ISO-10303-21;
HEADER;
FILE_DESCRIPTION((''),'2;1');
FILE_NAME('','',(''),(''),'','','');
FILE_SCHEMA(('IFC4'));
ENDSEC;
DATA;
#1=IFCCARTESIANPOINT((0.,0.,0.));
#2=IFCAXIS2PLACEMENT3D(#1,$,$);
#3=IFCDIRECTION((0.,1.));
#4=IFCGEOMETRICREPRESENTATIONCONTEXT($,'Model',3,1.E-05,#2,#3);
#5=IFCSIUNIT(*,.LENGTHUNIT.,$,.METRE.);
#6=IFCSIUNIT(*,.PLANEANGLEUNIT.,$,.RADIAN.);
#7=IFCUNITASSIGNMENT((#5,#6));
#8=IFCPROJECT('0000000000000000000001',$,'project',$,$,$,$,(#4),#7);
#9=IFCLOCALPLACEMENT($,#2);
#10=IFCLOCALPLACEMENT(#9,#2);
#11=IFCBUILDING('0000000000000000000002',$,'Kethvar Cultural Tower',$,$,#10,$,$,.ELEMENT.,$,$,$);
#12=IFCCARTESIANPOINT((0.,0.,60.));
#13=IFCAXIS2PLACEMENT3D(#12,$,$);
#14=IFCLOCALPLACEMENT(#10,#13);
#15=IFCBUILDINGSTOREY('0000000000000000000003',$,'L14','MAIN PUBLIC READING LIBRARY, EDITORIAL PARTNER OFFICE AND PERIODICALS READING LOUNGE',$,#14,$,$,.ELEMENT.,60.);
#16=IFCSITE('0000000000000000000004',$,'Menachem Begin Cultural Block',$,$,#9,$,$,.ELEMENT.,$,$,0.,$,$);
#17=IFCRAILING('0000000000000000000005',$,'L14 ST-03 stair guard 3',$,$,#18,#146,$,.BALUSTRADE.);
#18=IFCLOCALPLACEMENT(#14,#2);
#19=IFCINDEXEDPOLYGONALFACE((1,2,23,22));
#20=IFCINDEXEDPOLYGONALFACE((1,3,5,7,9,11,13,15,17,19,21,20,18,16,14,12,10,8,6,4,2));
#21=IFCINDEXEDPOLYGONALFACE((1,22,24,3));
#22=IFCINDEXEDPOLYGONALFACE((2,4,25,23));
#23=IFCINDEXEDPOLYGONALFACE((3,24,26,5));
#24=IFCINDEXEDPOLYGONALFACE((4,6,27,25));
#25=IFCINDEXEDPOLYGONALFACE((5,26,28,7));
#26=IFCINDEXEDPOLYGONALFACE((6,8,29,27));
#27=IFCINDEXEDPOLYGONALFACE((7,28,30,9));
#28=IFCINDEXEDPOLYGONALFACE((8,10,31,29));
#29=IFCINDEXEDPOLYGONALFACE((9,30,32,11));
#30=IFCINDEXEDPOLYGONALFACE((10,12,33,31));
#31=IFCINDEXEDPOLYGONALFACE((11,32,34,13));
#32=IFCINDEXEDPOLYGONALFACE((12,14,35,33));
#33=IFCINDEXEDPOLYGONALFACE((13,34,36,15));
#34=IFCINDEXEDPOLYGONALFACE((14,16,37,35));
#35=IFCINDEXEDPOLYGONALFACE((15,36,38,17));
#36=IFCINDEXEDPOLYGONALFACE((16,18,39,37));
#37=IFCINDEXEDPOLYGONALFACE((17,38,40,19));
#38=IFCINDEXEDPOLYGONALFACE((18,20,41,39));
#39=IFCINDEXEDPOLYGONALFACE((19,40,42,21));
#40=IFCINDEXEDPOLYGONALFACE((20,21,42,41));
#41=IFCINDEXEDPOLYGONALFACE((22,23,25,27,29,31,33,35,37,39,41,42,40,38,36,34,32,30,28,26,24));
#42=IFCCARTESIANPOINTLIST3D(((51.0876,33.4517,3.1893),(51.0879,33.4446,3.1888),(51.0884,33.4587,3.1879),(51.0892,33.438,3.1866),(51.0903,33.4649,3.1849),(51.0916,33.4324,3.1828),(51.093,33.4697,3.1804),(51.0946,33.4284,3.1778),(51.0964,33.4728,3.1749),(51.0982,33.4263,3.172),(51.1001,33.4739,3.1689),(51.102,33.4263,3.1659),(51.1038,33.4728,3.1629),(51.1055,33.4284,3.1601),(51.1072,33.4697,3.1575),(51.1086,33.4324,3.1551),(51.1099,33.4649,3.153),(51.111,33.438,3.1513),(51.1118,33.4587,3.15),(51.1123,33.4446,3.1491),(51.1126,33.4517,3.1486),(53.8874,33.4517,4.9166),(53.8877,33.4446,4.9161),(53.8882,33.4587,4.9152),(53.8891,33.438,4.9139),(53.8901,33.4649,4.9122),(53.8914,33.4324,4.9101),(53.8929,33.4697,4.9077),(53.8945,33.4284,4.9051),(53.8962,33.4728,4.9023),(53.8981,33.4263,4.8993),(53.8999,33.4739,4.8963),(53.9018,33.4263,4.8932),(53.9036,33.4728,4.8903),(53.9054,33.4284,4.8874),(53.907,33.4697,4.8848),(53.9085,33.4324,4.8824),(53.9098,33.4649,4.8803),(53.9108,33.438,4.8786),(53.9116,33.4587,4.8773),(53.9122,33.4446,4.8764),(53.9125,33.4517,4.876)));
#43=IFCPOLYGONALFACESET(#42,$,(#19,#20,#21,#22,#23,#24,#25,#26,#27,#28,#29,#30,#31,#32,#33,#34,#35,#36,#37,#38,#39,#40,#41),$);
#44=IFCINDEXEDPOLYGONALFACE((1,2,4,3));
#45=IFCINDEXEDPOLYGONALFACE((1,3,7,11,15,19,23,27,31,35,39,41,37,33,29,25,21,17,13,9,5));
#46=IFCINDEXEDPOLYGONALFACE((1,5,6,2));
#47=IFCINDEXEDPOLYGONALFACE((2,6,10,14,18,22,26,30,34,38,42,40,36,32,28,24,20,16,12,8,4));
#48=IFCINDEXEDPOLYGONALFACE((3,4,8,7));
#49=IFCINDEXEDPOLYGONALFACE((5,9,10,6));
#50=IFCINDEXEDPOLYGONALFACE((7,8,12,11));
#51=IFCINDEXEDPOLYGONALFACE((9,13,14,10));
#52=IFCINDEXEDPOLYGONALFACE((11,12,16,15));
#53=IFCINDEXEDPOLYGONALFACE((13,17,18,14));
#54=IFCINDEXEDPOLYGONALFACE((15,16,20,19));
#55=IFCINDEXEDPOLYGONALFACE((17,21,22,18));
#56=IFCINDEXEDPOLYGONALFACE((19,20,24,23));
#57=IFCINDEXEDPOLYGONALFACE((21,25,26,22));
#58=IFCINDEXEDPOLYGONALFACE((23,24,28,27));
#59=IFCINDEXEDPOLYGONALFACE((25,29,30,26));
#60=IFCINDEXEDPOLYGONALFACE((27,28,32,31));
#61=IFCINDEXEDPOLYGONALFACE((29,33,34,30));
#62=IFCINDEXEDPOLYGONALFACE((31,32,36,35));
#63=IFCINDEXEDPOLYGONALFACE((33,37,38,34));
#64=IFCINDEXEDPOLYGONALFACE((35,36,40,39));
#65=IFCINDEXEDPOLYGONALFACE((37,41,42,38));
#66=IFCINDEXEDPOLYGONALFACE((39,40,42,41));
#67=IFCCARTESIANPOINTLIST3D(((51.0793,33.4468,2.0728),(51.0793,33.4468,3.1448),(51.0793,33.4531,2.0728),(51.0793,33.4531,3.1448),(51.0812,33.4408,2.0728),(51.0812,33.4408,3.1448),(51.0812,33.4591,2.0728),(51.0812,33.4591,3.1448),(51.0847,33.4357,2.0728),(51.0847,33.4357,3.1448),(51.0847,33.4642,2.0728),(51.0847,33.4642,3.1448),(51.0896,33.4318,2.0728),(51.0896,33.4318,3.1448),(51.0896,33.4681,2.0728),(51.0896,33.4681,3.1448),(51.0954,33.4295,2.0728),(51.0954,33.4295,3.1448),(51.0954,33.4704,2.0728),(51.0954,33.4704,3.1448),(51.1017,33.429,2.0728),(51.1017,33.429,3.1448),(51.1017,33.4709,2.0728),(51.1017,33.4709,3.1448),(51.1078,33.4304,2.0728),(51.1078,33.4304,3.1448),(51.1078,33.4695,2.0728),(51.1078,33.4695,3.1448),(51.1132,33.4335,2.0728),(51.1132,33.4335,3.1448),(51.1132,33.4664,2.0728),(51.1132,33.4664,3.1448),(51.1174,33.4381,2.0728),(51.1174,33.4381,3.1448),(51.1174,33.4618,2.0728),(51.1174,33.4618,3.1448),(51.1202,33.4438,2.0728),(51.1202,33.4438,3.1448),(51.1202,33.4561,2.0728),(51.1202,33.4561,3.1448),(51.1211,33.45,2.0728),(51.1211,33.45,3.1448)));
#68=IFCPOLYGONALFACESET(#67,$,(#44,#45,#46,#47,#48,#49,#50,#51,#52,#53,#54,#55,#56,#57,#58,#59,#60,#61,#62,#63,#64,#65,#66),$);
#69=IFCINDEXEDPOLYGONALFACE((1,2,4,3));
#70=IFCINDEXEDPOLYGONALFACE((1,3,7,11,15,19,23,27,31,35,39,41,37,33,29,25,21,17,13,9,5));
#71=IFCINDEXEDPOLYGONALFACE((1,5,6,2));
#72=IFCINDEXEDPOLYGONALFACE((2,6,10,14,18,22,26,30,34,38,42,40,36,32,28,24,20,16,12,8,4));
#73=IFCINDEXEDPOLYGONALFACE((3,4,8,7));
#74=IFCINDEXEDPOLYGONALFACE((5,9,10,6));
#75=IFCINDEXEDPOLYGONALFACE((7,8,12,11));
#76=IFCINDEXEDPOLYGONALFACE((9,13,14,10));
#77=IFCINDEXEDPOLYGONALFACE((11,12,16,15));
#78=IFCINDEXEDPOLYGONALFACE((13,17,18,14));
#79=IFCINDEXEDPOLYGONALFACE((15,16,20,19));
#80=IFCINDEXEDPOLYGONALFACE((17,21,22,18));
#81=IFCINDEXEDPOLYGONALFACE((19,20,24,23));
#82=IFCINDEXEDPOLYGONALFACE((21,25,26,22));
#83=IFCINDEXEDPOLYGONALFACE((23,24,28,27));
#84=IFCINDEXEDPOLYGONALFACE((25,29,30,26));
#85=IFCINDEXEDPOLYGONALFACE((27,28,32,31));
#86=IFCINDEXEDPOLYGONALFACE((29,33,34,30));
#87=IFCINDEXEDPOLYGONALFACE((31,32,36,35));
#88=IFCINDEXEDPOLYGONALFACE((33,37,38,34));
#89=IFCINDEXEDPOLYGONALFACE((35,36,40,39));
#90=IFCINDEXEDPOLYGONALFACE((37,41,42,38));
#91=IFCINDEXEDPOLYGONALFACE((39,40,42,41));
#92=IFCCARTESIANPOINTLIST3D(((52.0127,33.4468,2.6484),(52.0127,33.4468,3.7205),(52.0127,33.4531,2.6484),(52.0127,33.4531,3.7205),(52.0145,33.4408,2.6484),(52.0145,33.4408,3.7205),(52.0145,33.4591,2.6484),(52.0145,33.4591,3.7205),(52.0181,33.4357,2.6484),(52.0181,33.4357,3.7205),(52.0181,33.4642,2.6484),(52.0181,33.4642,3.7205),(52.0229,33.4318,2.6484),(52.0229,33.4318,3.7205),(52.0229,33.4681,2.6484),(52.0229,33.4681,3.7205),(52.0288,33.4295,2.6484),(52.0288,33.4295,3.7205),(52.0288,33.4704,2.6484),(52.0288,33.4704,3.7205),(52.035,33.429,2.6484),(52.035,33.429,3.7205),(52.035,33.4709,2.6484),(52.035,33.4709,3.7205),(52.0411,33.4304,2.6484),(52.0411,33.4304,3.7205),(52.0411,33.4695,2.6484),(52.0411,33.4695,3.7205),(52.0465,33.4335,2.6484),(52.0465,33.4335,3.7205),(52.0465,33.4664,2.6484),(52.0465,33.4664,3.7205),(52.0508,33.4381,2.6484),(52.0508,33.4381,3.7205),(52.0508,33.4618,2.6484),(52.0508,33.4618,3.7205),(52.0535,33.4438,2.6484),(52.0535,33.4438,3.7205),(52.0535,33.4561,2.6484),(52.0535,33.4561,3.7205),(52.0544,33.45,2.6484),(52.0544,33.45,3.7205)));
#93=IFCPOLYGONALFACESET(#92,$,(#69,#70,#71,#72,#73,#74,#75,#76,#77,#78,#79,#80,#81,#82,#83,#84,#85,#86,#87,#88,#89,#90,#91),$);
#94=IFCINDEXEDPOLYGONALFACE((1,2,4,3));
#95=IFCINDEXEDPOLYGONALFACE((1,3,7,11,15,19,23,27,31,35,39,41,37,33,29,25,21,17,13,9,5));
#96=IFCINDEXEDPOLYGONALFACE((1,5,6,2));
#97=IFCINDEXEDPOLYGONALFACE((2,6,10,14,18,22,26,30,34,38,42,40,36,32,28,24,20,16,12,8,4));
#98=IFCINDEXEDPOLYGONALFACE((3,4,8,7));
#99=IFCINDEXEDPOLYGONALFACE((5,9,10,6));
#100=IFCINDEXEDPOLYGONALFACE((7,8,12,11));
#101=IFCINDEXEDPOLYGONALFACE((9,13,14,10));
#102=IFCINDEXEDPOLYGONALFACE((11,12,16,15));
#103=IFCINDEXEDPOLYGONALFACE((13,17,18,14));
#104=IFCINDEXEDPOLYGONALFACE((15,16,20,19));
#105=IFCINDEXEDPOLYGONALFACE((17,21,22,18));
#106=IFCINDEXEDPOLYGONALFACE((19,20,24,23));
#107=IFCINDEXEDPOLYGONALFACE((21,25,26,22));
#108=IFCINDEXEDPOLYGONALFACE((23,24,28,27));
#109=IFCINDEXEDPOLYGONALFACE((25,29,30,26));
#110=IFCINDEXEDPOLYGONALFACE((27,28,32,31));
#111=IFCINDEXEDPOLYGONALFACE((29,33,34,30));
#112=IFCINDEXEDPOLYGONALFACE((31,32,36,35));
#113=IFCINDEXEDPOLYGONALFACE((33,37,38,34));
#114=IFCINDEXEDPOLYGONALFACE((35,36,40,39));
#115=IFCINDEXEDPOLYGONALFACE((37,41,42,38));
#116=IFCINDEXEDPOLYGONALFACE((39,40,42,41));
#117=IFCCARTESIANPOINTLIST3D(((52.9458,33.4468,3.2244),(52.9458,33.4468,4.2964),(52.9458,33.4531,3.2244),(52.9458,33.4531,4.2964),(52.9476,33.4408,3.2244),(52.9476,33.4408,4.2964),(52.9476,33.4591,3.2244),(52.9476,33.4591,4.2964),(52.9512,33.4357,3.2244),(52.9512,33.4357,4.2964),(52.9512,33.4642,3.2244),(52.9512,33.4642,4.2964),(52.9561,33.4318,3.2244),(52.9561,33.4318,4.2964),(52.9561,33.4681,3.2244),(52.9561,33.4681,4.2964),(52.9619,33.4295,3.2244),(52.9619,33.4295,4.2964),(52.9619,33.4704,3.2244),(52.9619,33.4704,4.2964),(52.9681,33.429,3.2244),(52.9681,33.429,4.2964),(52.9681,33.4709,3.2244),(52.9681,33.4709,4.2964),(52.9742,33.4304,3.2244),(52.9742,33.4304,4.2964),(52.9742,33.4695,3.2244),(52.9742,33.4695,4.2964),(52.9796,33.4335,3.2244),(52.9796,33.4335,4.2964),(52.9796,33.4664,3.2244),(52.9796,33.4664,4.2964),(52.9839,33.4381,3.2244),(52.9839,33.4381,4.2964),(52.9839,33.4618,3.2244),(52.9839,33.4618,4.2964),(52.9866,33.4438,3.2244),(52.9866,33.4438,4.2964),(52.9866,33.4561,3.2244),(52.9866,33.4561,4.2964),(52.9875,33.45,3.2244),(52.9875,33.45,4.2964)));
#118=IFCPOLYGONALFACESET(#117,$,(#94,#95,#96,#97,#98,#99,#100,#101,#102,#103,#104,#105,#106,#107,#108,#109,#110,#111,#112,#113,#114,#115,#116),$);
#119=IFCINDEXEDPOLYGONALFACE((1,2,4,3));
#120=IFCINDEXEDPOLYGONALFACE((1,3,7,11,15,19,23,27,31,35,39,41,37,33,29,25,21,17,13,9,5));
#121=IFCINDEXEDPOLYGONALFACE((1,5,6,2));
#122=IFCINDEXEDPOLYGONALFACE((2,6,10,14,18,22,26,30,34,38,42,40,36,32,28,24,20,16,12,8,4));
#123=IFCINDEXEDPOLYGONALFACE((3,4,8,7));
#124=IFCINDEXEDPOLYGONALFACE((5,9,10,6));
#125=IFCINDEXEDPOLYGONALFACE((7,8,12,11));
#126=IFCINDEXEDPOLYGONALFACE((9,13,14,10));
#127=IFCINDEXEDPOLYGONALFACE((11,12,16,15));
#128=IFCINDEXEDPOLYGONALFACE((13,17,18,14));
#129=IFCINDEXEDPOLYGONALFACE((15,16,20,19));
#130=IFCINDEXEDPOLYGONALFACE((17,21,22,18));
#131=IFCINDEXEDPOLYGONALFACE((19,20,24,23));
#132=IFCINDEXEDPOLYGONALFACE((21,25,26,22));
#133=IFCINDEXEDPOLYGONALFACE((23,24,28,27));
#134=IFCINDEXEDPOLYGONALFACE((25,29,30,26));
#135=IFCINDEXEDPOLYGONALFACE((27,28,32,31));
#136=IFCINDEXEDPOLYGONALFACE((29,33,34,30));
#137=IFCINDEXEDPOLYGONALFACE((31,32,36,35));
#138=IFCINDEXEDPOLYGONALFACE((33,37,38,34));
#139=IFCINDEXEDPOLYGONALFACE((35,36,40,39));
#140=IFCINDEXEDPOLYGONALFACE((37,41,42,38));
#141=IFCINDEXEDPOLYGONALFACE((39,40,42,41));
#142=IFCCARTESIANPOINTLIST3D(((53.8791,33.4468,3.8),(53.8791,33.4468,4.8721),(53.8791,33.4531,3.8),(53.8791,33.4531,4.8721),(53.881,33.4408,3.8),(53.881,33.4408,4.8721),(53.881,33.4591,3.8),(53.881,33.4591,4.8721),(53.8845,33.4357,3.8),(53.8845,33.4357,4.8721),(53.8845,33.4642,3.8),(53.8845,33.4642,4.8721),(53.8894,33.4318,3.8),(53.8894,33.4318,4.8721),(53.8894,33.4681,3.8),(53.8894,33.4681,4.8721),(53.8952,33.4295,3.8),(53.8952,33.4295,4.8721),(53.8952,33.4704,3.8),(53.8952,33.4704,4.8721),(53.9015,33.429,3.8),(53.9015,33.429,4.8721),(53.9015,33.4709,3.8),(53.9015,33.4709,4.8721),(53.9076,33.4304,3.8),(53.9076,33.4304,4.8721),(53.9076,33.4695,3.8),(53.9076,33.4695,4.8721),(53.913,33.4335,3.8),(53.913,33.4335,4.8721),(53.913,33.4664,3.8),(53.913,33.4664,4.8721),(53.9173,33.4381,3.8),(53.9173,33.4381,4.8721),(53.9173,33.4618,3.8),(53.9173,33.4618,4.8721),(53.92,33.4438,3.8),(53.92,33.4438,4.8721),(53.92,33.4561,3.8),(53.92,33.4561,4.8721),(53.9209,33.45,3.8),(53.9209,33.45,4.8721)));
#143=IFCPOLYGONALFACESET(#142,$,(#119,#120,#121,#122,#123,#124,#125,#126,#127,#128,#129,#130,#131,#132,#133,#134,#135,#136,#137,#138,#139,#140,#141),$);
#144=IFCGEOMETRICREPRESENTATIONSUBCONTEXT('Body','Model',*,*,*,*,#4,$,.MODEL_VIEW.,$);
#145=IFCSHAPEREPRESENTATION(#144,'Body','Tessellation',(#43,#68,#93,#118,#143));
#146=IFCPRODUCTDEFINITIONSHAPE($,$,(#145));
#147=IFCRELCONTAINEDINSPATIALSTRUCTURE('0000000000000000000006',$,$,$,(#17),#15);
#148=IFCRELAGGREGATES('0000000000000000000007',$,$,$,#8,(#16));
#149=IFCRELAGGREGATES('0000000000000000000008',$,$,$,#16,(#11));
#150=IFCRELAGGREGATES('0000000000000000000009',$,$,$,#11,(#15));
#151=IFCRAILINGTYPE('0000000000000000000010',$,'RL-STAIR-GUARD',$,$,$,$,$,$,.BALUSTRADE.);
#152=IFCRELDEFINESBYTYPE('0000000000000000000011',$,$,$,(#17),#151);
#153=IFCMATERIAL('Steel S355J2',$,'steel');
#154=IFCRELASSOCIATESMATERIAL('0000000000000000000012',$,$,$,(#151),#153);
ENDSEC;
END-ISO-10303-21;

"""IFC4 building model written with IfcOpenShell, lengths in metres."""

from ifc_helpers import new_model, si_unit, direction, frame, origin, origin_2d, place, context, subcontext, project, spatial, circle, extrude, material, type_object, element, save


model = new_model("IFC4")

# Units and contexts
model_context = context("Model", 3, precision=1e-05, world=origin(), true_north=direction((0.0, 1.0)))
body_context = subcontext(model_context, "Body", "Model", "MODEL_VIEW")
ifc_project = project(units=[si_unit("LENGTHUNIT", "METRE"), si_unit("PLANEANGLEUNIT", "RADIAN")], contexts=[model_context])

# Site, building, storey
site_placement = place(None, origin())
site = spatial("IfcSite", under=ifc_project, at=site_placement, Name="Menachem Begin Cultural Block", CompositionType="ELEMENT", RefElevation=0.0)
building_placement = place(site_placement, origin())
building = spatial("IfcBuilding", under=site, at=building_placement, Name="Kethvar Cultural Tower", CompositionType="ELEMENT")
storey_placement = place(building_placement, frame((0.0, 0.0, 60.0)))
storey = spatial("IfcBuildingStorey", under=building, at=storey_placement, Name="L14", Description="MAIN PUBLIC READING LIBRARY, EDITORIAL PARTNER OFFICE AND PERIODICALS READING LOUNGE", CompositionType="ELEMENT", Elevation=60.0)

# Shared definitions
ifc_material_1 = material(Name="Steel S355J2", Category="steel")

# Railing
railing_type_1 = type_object("IfcRailingType", Name="RL-STAIR-GUARD", PredefinedType="BALUSTRADE", material=ifc_material_1)
railing_1_placement = place(storey_placement, frame((51.1001, 33.45, 2.0728)))
element("IfcRailing", 1, at=railing_1_placement, inside=storey, type_object=railing_type_1, Name="L14 ST-03 stair guard 3", PredefinedType="BALUSTRADE", context=body_context, shape_type="SweptSolid", body=[
    extrude(circle(Radius=0.0239, at=origin_2d()), frame((0.0, 0.0, 1.0962), z_axis=(0.851069, 0.0, 0.525054), x_axis=(0.0, 1.0, 0.0)), (0.0, 0.0, 1.0), 3.2898),
    extrude(circle(Radius=0.021, at=origin_2d()), origin(), (0.0, 0.0, 1.0), 1.072),
    extrude(circle(Radius=0.021, at=origin_2d()), frame((0.9333, 0.0, 0.5757)), (0.0, 0.0, 1.0), 1.072),
    extrude(circle(Radius=0.021, at=origin_2d()), frame((1.8665, 0.0, 1.1516)), (0.0, 0.0, 1.0), 1.072),
    extrude(circle(Radius=0.021, at=origin_2d()), frame((2.7998, 0.0, 1.7273)), (0.0, 0.0, 1.0), 1.072),
])

save(model, "model.ifc")
